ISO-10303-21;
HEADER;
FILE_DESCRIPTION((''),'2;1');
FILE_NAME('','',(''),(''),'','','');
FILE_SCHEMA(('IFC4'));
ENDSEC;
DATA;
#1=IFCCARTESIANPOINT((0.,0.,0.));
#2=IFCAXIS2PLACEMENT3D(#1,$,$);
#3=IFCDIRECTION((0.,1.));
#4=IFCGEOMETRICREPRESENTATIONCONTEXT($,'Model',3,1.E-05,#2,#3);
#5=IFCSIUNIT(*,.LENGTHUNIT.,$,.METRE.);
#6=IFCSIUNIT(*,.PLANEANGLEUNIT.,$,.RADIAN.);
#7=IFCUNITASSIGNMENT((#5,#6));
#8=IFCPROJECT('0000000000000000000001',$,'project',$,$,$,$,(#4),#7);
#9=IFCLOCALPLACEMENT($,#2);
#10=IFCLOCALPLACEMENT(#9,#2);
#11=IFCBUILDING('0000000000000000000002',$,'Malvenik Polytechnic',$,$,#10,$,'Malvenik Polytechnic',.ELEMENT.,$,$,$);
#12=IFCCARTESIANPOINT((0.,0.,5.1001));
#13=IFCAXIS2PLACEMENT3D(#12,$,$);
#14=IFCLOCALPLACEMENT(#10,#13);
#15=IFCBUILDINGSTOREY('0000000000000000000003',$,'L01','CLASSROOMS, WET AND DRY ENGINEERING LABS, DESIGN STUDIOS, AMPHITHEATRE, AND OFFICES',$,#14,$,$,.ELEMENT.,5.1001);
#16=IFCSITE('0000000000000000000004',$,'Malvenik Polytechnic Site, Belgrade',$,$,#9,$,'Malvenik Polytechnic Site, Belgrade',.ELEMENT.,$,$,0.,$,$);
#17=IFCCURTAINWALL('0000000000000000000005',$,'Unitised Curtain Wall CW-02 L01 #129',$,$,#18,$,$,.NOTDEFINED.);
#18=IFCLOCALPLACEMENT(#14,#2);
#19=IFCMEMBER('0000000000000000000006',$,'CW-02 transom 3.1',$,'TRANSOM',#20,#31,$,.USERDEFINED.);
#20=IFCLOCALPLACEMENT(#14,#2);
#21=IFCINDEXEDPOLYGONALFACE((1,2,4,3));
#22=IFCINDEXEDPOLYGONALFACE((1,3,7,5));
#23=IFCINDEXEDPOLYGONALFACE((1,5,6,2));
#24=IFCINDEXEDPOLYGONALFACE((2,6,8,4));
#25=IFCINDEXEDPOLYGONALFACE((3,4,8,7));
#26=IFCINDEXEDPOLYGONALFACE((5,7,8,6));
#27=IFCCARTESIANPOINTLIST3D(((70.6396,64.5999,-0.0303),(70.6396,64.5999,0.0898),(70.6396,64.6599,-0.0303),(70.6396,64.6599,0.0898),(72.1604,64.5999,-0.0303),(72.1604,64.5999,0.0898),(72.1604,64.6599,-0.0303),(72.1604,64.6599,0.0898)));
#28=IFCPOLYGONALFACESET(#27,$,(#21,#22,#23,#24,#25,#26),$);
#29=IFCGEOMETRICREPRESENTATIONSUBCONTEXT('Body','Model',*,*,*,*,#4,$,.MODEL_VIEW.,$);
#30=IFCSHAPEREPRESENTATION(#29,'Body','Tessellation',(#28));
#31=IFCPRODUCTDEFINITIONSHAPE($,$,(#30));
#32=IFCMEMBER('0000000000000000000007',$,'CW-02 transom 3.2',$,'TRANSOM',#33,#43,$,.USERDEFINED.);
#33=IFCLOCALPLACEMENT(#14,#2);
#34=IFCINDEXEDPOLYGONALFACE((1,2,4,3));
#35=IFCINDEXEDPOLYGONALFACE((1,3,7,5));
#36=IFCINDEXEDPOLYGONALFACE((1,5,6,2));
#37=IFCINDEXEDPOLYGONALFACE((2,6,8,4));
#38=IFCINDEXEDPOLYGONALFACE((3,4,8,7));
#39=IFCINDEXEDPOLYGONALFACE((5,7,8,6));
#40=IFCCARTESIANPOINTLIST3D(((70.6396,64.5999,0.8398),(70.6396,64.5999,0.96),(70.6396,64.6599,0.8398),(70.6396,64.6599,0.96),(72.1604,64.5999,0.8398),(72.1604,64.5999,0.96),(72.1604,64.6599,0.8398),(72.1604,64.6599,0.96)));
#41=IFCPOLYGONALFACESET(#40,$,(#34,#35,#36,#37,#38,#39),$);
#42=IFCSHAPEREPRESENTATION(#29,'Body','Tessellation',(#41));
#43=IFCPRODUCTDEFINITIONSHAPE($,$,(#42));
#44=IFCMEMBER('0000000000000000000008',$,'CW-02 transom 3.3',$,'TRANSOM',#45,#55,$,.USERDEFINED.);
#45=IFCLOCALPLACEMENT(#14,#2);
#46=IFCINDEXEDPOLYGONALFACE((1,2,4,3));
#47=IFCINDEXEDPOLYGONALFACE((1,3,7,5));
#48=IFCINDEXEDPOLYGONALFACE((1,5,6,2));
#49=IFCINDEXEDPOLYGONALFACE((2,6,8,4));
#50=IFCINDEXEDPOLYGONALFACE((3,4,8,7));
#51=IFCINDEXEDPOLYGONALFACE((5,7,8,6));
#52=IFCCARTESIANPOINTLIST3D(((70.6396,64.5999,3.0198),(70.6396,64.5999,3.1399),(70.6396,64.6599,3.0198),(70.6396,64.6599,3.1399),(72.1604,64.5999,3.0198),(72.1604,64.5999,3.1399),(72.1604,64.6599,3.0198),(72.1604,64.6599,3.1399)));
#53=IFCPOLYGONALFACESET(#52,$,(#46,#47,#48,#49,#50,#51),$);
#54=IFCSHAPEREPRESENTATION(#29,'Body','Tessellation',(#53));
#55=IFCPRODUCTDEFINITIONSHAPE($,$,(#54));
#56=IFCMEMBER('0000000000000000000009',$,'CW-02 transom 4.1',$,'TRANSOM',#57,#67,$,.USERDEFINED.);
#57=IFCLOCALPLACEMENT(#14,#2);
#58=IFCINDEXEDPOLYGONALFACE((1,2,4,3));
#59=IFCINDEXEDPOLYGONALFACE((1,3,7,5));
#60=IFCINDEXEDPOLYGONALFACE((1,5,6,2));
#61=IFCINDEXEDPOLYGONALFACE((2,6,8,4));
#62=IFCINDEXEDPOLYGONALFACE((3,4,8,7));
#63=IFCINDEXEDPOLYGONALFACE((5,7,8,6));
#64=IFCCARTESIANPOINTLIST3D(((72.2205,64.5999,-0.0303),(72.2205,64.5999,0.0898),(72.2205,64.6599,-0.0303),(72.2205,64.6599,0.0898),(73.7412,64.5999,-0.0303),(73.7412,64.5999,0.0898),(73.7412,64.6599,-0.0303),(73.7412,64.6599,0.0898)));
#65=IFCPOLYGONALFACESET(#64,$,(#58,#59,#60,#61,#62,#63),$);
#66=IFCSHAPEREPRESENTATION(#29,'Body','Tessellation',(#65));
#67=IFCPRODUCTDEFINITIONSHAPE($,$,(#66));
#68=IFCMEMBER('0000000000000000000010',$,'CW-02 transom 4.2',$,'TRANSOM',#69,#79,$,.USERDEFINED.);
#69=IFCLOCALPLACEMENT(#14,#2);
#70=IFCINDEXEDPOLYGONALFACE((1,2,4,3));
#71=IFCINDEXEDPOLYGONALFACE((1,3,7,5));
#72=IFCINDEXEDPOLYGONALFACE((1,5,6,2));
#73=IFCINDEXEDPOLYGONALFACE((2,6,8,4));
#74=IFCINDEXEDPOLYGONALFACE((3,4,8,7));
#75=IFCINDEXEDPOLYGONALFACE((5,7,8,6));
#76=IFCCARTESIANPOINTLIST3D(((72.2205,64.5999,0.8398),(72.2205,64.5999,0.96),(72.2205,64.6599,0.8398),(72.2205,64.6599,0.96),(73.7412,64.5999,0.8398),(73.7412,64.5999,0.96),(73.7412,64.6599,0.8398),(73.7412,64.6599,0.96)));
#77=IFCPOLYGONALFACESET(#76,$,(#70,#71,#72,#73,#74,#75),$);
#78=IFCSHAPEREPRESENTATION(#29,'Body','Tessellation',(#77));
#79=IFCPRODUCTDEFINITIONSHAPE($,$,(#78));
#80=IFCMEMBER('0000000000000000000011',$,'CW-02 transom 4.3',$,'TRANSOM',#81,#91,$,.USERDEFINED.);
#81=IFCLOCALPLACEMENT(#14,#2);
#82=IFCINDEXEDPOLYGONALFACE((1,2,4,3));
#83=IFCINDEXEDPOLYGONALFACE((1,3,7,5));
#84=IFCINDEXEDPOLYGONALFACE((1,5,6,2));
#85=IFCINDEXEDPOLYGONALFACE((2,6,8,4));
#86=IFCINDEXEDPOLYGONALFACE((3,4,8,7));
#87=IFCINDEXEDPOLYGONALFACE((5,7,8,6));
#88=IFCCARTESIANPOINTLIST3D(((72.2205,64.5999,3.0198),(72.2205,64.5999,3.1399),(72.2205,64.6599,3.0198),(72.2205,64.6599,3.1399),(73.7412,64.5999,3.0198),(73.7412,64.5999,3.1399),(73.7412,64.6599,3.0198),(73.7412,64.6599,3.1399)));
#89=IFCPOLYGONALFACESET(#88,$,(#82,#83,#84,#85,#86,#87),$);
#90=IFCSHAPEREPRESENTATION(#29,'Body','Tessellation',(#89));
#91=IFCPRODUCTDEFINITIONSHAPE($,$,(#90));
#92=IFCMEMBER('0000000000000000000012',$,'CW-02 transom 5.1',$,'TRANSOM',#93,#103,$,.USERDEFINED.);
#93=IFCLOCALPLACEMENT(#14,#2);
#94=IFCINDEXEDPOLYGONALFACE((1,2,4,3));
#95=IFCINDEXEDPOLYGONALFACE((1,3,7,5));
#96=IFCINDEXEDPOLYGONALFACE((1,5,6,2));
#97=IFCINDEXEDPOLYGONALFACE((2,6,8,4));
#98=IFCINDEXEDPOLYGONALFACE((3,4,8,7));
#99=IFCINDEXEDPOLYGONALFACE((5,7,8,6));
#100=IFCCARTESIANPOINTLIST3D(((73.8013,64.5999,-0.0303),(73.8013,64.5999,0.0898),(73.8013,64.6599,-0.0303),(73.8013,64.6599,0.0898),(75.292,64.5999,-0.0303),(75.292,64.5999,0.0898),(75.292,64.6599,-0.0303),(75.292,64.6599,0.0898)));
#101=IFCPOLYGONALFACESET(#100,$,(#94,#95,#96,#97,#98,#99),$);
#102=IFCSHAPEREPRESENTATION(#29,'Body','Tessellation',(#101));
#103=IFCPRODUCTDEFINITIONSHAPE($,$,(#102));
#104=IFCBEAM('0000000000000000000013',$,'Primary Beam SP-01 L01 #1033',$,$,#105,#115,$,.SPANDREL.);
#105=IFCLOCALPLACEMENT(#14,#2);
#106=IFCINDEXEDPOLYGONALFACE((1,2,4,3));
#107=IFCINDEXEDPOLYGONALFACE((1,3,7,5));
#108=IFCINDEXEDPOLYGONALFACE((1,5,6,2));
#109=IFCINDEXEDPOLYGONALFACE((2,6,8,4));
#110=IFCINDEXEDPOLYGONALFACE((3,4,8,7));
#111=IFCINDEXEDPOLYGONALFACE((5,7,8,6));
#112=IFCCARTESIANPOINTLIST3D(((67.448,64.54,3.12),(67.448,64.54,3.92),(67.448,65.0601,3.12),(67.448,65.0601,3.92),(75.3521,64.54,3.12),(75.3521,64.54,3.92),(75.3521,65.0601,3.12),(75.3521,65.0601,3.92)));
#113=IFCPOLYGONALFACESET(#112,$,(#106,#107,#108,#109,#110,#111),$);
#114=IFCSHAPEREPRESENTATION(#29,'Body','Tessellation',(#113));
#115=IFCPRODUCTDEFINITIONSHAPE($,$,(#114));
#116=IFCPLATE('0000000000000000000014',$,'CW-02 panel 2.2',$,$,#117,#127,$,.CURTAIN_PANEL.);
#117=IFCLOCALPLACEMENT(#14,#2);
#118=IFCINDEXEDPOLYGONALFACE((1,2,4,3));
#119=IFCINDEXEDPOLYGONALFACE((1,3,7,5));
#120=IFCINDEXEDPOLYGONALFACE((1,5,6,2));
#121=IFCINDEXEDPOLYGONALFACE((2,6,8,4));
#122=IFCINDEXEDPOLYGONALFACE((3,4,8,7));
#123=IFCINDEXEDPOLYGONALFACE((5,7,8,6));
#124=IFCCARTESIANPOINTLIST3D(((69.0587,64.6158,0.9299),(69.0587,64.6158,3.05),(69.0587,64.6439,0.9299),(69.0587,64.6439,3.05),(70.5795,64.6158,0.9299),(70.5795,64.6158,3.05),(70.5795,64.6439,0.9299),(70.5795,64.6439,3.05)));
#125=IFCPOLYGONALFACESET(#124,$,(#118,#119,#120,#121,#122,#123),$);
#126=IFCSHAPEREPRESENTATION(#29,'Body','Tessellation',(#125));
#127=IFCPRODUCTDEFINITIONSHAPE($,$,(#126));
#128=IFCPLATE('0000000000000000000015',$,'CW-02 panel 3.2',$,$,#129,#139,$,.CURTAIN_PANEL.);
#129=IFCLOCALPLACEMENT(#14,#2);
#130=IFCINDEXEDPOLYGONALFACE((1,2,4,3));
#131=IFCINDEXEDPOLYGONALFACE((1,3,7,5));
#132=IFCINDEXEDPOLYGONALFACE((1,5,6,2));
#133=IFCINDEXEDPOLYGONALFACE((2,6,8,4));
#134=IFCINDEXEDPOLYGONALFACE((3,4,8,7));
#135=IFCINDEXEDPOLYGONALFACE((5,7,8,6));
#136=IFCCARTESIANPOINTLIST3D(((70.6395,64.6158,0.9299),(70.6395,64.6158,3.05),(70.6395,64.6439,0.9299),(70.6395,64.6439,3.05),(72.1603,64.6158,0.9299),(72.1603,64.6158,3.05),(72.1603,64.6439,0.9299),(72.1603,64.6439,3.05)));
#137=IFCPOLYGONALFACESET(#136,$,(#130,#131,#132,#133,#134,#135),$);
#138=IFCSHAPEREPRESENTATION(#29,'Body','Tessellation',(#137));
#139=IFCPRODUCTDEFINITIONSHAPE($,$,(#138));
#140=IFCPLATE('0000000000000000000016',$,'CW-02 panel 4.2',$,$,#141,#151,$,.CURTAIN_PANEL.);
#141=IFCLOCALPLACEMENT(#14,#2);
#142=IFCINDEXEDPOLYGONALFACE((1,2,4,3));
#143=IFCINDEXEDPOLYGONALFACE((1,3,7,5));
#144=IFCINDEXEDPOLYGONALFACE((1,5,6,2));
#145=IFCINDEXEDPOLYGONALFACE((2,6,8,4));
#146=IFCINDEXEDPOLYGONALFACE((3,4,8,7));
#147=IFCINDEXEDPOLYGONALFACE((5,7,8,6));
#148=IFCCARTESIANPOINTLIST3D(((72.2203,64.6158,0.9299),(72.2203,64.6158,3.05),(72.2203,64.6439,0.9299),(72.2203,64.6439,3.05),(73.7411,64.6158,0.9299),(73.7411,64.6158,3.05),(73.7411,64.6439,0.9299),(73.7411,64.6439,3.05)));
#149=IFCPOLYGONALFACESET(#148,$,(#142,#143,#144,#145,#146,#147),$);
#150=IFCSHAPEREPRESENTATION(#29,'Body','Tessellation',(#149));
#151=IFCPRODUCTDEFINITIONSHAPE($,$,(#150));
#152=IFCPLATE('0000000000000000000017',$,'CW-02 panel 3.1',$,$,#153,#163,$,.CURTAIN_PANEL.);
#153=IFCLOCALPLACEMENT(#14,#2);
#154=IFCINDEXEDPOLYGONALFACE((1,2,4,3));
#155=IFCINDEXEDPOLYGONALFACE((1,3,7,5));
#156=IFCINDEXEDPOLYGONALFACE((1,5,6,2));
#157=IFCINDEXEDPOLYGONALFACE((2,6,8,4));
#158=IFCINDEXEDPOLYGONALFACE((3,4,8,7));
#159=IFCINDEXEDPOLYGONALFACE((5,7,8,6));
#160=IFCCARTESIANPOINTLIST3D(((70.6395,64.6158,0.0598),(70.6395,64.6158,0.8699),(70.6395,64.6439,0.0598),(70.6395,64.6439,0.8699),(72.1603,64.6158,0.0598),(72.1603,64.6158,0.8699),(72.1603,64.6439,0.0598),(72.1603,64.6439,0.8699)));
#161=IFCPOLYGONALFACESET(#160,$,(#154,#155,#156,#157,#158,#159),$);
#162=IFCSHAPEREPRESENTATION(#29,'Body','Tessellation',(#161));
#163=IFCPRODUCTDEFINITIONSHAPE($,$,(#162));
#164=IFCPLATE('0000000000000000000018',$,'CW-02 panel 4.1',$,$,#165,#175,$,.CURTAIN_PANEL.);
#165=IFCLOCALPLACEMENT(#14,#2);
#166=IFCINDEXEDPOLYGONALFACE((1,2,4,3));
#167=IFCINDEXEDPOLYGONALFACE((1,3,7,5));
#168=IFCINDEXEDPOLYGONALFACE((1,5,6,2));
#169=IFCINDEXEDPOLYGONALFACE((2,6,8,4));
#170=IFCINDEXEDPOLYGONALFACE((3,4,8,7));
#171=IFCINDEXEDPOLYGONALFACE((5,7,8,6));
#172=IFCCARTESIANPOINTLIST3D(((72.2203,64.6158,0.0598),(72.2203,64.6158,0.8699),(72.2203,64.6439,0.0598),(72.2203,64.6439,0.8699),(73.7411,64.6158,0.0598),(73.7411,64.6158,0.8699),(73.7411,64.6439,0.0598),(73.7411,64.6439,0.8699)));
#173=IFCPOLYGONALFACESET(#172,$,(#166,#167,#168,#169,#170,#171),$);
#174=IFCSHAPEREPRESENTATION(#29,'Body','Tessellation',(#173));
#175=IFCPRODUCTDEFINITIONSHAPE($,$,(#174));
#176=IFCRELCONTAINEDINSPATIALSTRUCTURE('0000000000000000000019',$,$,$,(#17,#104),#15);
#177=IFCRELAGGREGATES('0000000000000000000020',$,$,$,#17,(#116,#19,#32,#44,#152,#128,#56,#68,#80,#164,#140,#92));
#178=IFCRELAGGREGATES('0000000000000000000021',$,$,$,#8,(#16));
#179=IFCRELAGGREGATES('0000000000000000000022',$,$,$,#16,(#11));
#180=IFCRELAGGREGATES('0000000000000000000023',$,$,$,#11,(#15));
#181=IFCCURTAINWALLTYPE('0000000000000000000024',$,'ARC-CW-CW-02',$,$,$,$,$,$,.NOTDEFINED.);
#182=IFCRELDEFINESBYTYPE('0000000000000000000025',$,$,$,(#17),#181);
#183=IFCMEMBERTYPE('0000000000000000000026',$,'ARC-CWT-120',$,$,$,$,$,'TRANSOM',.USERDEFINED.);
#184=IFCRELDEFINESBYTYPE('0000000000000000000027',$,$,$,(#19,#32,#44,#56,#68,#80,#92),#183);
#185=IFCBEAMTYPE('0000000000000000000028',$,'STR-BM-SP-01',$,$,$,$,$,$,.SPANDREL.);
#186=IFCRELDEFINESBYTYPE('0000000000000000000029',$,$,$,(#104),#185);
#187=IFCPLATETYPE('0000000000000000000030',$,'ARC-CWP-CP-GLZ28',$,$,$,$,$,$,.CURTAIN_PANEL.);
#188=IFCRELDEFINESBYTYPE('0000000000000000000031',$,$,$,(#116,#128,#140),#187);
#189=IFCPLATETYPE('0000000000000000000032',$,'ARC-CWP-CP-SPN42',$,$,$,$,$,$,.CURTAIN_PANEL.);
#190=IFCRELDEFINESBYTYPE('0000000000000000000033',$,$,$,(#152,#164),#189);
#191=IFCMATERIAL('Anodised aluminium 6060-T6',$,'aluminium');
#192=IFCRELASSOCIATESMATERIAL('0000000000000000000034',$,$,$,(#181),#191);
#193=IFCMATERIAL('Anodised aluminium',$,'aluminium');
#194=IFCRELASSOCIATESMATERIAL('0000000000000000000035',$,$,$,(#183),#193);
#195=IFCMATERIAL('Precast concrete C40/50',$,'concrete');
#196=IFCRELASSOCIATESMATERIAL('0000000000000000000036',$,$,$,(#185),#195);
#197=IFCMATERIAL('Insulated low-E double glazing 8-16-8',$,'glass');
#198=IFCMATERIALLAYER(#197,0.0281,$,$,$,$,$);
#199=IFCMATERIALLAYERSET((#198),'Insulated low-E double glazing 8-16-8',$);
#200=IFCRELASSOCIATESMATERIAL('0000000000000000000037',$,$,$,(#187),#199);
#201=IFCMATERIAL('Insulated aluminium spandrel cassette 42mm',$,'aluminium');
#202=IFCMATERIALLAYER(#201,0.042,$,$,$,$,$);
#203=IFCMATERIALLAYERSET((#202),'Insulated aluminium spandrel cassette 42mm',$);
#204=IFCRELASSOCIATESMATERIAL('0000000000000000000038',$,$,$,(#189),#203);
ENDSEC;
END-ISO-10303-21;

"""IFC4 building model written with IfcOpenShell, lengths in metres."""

from ifc_helpers import new_model, si_unit, direction, frame, origin, origin_2d, place, context, subcontext, project, spatial, rectangle, extrude, material, layer, layer_set, material_profile, profile_set, type_object, element, aggregate, save


model = new_model("IFC4")

# Units and contexts
model_context = context("Model", 3, precision=1e-05, world=origin(), true_north=direction((0.0, 1.0)))
body_context = subcontext(model_context, "Body", "Model", "MODEL_VIEW")
ifc_project = project(units=[si_unit("LENGTHUNIT", "METRE"), si_unit("PLANEANGLEUNIT", "RADIAN")], contexts=[model_context])

# Site, building, storey
site_placement = place(None, origin())
site = spatial("IfcSite", under=ifc_project, at=site_placement, Name="Malvenik Polytechnic Site, Belgrade", LongName="Malvenik Polytechnic Site, Belgrade", CompositionType="ELEMENT", RefElevation=0.0)
building_placement = place(site_placement, origin())
building = spatial("IfcBuilding", under=site, at=building_placement, Name="Malvenik Polytechnic", LongName="Malvenik Polytechnic", CompositionType="ELEMENT")
storey_placement = place(building_placement, frame((0.0, 0.0, 5.1001)))
storey = spatial("IfcBuildingStorey", under=building, at=storey_placement, Name="L01", Description="CLASSROOMS, WET AND DRY ENGINEERING LABS, DESIGN STUDIOS, AMPHITHEATRE, AND OFFICES", CompositionType="ELEMENT", Elevation=5.1001)

# Curtain wall, members
ifc_material_1 = material(Name="Anodised aluminium 6060-T6", Category="aluminium")
curtain_wall_type = type_object("IfcCurtainWallType", Name="ARC-CW-CW-02", PredefinedType="NOTDEFINED", material=ifc_material_1)
curtain_wall_placement = place(storey_placement, origin())
curtain_wall = element("IfcCurtainWall", 1, at=curtain_wall_placement, inside=storey, type_object=curtain_wall_type, Name="Unitised Curtain Wall CW-02 L01 #129", PredefinedType="NOTDEFINED")
ifc_material_2 = material(Name="Anodised aluminium", Category="aluminium")
ifc_material_profile_1 = material_profile(ifc_material_2, rectangle(XDim=0.0601, YDim=0.1201, at=origin_2d()), Name="ALU TRANSOM 60x120")
ifc_profile_set_1 = profile_set([ifc_material_profile_1], Name="Anodised aluminium")
member_type_1 = type_object("IfcMemberType", Name="ARC-CWT-120", ElementType="TRANSOM", PredefinedType="USERDEFINED", material=ifc_profile_set_1)
member_1_placement = place(storey_placement, frame((70.6396, 64.6299, 0.0298), z_axis=(1.0, 0.0, 0.0), x_axis=(0.0, 1.0, 0.0)))
member_1 = element("IfcMember", 2, at=member_1_placement, type_object=member_type_1, Name="CW-02 transom 3.1", ObjectType="TRANSOM", PredefinedType="USERDEFINED", context=body_context, shape_type="SweptSolid", body=[
    extrude(rectangle(XDim=0.0601, YDim=0.1201, at=origin_2d()), origin(), (0.0, 0.0, 1.0), 1.5208),
])
member_2_placement = place(storey_placement, frame((70.6396, 64.6299, 0.8999), z_axis=(1.0, 0.0, 0.0), x_axis=(0.0, 1.0, 0.0)))
member_2 = element("IfcMember", 3, at=member_2_placement, type_object=member_type_1, Name="CW-02 transom 3.2", ObjectType="TRANSOM", PredefinedType="USERDEFINED", context=body_context, shape_type="SweptSolid", body=[
    extrude(rectangle(XDim=0.0601, YDim=0.1201, at=origin_2d()), origin(), (0.0, 0.0, 1.0), 1.5208),
])
member_3_placement = place(storey_placement, frame((70.6396, 64.6299, 3.0798), z_axis=(1.0, 0.0, 0.0), x_axis=(0.0, 1.0, 0.0)))
member_3 = element("IfcMember", 4, at=member_3_placement, type_object=member_type_1, Name="CW-02 transom 3.3", ObjectType="TRANSOM", PredefinedType="USERDEFINED", context=body_context, shape_type="SweptSolid", body=[
    extrude(rectangle(XDim=0.0601, YDim=0.1201, at=origin_2d()), origin(), (0.0, 0.0, 1.0), 1.5208),
])
member_4_placement = place(storey_placement, frame((72.2205, 64.6299, 0.0298), z_axis=(1.0, 0.0, 0.0), x_axis=(0.0, 1.0, 0.0)))
member_4 = element("IfcMember", 5, at=member_4_placement, type_object=member_type_1, Name="CW-02 transom 4.1", ObjectType="TRANSOM", PredefinedType="USERDEFINED", context=body_context, shape_type="SweptSolid", body=[
    extrude(rectangle(XDim=0.0601, YDim=0.1201, at=origin_2d()), origin(), (0.0, 0.0, 1.0), 1.5208),
])
member_5_placement = place(storey_placement, frame((72.2205, 64.6299, 0.8999), z_axis=(1.0, 0.0, 0.0), x_axis=(0.0, 1.0, 0.0)))
member_5 = element("IfcMember", 6, at=member_5_placement, type_object=member_type_1, Name="CW-02 transom 4.2", ObjectType="TRANSOM", PredefinedType="USERDEFINED", context=body_context, shape_type="SweptSolid", body=[
    extrude(rectangle(XDim=0.0601, YDim=0.1201, at=origin_2d()), origin(), (0.0, 0.0, 1.0), 1.5208),
])
member_6_placement = place(storey_placement, frame((72.2205, 64.6299, 3.0798), z_axis=(1.0, 0.0, 0.0), x_axis=(0.0, 1.0, 0.0)))
member_6 = element("IfcMember", 7, at=member_6_placement, type_object=member_type_1, Name="CW-02 transom 4.3", ObjectType="TRANSOM", PredefinedType="USERDEFINED", context=body_context, shape_type="SweptSolid", body=[
    extrude(rectangle(XDim=0.0601, YDim=0.1201, at=origin_2d()), origin(), (0.0, 0.0, 1.0), 1.5208),
])
member_7_placement = place(storey_placement, frame((73.8013, 64.6299, 0.0298), z_axis=(1.0, 0.0, 0.0), x_axis=(0.0, 1.0, 0.0)))
member_7 = element("IfcMember", 8, at=member_7_placement, type_object=member_type_1, Name="CW-02 transom 5.1", ObjectType="TRANSOM", PredefinedType="USERDEFINED", context=body_context, shape_type="SweptSolid", body=[
    extrude(rectangle(XDim=0.0601, YDim=0.1201, at=origin_2d()), origin(), (0.0, 0.0, 1.0), 1.4907),
])

# Beam
ifc_material_3 = material(Name="Precast concrete C40/50", Category="concrete")
ifc_material_profile_2 = material_profile(ifc_material_3, rectangle(XDim=0.52, YDim=0.8, at=origin_2d()), Name="PC SPN 520x800")
ifc_profile_set_2 = profile_set([ifc_material_profile_2], Name="Precast concrete C40/50")
beam_type = type_object("IfcBeamType", Name="STR-BM-SP-01", PredefinedType="SPANDREL", material=ifc_profile_set_2)
beam_placement = place(storey_placement, frame((67.448, 64.8, 3.52), z_axis=(1.0, 0.0, 0.0), x_axis=(0.0, 1.0, 0.0)))
element("IfcBeam", 9, at=beam_placement, inside=storey, type_object=beam_type, Name="Primary Beam SP-01 L01 #1033", PredefinedType="SPANDREL", context=body_context, shape_type="SweptSolid", body=[
    extrude(rectangle(XDim=0.52, YDim=0.8, at=origin_2d()), origin(), (0.0, 0.0, 1.0), 7.9041),
])

# Plates
ifc_material_4 = material(Name="Insulated low-E double glazing 8-16-8", Category="glass")
ifc_layer_1 = layer(ifc_material_4, 0.0281)
ifc_layer_set_1 = layer_set([ifc_layer_1], Name="Insulated low-E double glazing 8-16-8")
plate_type_1 = type_object("IfcPlateType", Name="ARC-CWP-CP-GLZ28", PredefinedType="CURTAIN_PANEL", material=ifc_layer_set_1)
plate_1_placement = place(storey_placement, frame((69.8191, 64.6299, 0.9299), z_axis=(0.0, 0.0, 1.0), x_axis=(1.0, 0.0, 0.0)))
plate_1 = element("IfcPlate", 10, at=plate_1_placement, type_object=plate_type_1, Name="CW-02 panel 2.2", PredefinedType="CURTAIN_PANEL", context=body_context, shape_type="SweptSolid", body=[
    extrude(rectangle(XDim=1.5208, YDim=0.0281, at=origin_2d()), origin(), (0.0, 0.0, 1.0), 2.1201),
])
plate_2_placement = place(storey_placement, frame((71.3999, 64.6299, 0.9299), z_axis=(0.0, 0.0, 1.0), x_axis=(1.0, 0.0, 0.0)))
plate_2 = element("IfcPlate", 11, at=plate_2_placement, type_object=plate_type_1, Name="CW-02 panel 3.2", PredefinedType="CURTAIN_PANEL", context=body_context, shape_type="SweptSolid", body=[
    extrude(rectangle(XDim=1.5208, YDim=0.0281, at=origin_2d()), origin(), (0.0, 0.0, 1.0), 2.1201),
])
plate_3_placement = place(storey_placement, frame((72.9807, 64.6299, 0.9299), z_axis=(0.0, 0.0, 1.0), x_axis=(1.0, 0.0, 0.0)))
plate_3 = element("IfcPlate", 12, at=plate_3_placement, type_object=plate_type_1, Name="CW-02 panel 4.2", PredefinedType="CURTAIN_PANEL", context=body_context, shape_type="SweptSolid", body=[
    extrude(rectangle(XDim=1.5208, YDim=0.0281, at=origin_2d()), origin(), (0.0, 0.0, 1.0), 2.1201),
])
ifc_material_5 = material(Name="Insulated aluminium spandrel cassette 42mm", Category="aluminium")
ifc_layer_2 = layer(ifc_material_5, 0.042)
ifc_layer_set_2 = layer_set([ifc_layer_2], Name="Insulated aluminium spandrel cassette 42mm")
plate_type_2 = type_object("IfcPlateType", Name="ARC-CWP-CP-SPN42", PredefinedType="CURTAIN_PANEL", material=ifc_layer_set_2)
plate_4_placement = place(storey_placement, frame((71.3999, 64.6299, 0.0598), z_axis=(0.0, 0.0, 1.0), x_axis=(1.0, 0.0, 0.0)))
plate_4 = element("IfcPlate", 13, at=plate_4_placement, type_object=plate_type_2, Name="CW-02 panel 3.1", PredefinedType="CURTAIN_PANEL", context=body_context, shape_type="SweptSolid", body=[
    extrude(rectangle(XDim=1.5208, YDim=0.0281, at=origin_2d()), origin(), (0.0, 0.0, 1.0), 0.8101),
])
plate_5_placement = place(storey_placement, frame((72.9807, 64.6299, 0.0598), z_axis=(0.0, 0.0, 1.0), x_axis=(1.0, 0.0, 0.0)))
plate_5 = element("IfcPlate", 14, at=plate_5_placement, type_object=plate_type_2, Name="CW-02 panel 4.1", PredefinedType="CURTAIN_PANEL", context=body_context, shape_type="SweptSolid", body=[
    extrude(rectangle(XDim=1.5208, YDim=0.0281, at=origin_2d()), origin(), (0.0, 0.0, 1.0), 0.8101),
])
aggregate(curtain_wall, [plate_1, member_1, member_2, member_3, plate_4, plate_2, member_4, member_5, member_6, plate_5, plate_3, member_7])

save(model, "model.ifc")
